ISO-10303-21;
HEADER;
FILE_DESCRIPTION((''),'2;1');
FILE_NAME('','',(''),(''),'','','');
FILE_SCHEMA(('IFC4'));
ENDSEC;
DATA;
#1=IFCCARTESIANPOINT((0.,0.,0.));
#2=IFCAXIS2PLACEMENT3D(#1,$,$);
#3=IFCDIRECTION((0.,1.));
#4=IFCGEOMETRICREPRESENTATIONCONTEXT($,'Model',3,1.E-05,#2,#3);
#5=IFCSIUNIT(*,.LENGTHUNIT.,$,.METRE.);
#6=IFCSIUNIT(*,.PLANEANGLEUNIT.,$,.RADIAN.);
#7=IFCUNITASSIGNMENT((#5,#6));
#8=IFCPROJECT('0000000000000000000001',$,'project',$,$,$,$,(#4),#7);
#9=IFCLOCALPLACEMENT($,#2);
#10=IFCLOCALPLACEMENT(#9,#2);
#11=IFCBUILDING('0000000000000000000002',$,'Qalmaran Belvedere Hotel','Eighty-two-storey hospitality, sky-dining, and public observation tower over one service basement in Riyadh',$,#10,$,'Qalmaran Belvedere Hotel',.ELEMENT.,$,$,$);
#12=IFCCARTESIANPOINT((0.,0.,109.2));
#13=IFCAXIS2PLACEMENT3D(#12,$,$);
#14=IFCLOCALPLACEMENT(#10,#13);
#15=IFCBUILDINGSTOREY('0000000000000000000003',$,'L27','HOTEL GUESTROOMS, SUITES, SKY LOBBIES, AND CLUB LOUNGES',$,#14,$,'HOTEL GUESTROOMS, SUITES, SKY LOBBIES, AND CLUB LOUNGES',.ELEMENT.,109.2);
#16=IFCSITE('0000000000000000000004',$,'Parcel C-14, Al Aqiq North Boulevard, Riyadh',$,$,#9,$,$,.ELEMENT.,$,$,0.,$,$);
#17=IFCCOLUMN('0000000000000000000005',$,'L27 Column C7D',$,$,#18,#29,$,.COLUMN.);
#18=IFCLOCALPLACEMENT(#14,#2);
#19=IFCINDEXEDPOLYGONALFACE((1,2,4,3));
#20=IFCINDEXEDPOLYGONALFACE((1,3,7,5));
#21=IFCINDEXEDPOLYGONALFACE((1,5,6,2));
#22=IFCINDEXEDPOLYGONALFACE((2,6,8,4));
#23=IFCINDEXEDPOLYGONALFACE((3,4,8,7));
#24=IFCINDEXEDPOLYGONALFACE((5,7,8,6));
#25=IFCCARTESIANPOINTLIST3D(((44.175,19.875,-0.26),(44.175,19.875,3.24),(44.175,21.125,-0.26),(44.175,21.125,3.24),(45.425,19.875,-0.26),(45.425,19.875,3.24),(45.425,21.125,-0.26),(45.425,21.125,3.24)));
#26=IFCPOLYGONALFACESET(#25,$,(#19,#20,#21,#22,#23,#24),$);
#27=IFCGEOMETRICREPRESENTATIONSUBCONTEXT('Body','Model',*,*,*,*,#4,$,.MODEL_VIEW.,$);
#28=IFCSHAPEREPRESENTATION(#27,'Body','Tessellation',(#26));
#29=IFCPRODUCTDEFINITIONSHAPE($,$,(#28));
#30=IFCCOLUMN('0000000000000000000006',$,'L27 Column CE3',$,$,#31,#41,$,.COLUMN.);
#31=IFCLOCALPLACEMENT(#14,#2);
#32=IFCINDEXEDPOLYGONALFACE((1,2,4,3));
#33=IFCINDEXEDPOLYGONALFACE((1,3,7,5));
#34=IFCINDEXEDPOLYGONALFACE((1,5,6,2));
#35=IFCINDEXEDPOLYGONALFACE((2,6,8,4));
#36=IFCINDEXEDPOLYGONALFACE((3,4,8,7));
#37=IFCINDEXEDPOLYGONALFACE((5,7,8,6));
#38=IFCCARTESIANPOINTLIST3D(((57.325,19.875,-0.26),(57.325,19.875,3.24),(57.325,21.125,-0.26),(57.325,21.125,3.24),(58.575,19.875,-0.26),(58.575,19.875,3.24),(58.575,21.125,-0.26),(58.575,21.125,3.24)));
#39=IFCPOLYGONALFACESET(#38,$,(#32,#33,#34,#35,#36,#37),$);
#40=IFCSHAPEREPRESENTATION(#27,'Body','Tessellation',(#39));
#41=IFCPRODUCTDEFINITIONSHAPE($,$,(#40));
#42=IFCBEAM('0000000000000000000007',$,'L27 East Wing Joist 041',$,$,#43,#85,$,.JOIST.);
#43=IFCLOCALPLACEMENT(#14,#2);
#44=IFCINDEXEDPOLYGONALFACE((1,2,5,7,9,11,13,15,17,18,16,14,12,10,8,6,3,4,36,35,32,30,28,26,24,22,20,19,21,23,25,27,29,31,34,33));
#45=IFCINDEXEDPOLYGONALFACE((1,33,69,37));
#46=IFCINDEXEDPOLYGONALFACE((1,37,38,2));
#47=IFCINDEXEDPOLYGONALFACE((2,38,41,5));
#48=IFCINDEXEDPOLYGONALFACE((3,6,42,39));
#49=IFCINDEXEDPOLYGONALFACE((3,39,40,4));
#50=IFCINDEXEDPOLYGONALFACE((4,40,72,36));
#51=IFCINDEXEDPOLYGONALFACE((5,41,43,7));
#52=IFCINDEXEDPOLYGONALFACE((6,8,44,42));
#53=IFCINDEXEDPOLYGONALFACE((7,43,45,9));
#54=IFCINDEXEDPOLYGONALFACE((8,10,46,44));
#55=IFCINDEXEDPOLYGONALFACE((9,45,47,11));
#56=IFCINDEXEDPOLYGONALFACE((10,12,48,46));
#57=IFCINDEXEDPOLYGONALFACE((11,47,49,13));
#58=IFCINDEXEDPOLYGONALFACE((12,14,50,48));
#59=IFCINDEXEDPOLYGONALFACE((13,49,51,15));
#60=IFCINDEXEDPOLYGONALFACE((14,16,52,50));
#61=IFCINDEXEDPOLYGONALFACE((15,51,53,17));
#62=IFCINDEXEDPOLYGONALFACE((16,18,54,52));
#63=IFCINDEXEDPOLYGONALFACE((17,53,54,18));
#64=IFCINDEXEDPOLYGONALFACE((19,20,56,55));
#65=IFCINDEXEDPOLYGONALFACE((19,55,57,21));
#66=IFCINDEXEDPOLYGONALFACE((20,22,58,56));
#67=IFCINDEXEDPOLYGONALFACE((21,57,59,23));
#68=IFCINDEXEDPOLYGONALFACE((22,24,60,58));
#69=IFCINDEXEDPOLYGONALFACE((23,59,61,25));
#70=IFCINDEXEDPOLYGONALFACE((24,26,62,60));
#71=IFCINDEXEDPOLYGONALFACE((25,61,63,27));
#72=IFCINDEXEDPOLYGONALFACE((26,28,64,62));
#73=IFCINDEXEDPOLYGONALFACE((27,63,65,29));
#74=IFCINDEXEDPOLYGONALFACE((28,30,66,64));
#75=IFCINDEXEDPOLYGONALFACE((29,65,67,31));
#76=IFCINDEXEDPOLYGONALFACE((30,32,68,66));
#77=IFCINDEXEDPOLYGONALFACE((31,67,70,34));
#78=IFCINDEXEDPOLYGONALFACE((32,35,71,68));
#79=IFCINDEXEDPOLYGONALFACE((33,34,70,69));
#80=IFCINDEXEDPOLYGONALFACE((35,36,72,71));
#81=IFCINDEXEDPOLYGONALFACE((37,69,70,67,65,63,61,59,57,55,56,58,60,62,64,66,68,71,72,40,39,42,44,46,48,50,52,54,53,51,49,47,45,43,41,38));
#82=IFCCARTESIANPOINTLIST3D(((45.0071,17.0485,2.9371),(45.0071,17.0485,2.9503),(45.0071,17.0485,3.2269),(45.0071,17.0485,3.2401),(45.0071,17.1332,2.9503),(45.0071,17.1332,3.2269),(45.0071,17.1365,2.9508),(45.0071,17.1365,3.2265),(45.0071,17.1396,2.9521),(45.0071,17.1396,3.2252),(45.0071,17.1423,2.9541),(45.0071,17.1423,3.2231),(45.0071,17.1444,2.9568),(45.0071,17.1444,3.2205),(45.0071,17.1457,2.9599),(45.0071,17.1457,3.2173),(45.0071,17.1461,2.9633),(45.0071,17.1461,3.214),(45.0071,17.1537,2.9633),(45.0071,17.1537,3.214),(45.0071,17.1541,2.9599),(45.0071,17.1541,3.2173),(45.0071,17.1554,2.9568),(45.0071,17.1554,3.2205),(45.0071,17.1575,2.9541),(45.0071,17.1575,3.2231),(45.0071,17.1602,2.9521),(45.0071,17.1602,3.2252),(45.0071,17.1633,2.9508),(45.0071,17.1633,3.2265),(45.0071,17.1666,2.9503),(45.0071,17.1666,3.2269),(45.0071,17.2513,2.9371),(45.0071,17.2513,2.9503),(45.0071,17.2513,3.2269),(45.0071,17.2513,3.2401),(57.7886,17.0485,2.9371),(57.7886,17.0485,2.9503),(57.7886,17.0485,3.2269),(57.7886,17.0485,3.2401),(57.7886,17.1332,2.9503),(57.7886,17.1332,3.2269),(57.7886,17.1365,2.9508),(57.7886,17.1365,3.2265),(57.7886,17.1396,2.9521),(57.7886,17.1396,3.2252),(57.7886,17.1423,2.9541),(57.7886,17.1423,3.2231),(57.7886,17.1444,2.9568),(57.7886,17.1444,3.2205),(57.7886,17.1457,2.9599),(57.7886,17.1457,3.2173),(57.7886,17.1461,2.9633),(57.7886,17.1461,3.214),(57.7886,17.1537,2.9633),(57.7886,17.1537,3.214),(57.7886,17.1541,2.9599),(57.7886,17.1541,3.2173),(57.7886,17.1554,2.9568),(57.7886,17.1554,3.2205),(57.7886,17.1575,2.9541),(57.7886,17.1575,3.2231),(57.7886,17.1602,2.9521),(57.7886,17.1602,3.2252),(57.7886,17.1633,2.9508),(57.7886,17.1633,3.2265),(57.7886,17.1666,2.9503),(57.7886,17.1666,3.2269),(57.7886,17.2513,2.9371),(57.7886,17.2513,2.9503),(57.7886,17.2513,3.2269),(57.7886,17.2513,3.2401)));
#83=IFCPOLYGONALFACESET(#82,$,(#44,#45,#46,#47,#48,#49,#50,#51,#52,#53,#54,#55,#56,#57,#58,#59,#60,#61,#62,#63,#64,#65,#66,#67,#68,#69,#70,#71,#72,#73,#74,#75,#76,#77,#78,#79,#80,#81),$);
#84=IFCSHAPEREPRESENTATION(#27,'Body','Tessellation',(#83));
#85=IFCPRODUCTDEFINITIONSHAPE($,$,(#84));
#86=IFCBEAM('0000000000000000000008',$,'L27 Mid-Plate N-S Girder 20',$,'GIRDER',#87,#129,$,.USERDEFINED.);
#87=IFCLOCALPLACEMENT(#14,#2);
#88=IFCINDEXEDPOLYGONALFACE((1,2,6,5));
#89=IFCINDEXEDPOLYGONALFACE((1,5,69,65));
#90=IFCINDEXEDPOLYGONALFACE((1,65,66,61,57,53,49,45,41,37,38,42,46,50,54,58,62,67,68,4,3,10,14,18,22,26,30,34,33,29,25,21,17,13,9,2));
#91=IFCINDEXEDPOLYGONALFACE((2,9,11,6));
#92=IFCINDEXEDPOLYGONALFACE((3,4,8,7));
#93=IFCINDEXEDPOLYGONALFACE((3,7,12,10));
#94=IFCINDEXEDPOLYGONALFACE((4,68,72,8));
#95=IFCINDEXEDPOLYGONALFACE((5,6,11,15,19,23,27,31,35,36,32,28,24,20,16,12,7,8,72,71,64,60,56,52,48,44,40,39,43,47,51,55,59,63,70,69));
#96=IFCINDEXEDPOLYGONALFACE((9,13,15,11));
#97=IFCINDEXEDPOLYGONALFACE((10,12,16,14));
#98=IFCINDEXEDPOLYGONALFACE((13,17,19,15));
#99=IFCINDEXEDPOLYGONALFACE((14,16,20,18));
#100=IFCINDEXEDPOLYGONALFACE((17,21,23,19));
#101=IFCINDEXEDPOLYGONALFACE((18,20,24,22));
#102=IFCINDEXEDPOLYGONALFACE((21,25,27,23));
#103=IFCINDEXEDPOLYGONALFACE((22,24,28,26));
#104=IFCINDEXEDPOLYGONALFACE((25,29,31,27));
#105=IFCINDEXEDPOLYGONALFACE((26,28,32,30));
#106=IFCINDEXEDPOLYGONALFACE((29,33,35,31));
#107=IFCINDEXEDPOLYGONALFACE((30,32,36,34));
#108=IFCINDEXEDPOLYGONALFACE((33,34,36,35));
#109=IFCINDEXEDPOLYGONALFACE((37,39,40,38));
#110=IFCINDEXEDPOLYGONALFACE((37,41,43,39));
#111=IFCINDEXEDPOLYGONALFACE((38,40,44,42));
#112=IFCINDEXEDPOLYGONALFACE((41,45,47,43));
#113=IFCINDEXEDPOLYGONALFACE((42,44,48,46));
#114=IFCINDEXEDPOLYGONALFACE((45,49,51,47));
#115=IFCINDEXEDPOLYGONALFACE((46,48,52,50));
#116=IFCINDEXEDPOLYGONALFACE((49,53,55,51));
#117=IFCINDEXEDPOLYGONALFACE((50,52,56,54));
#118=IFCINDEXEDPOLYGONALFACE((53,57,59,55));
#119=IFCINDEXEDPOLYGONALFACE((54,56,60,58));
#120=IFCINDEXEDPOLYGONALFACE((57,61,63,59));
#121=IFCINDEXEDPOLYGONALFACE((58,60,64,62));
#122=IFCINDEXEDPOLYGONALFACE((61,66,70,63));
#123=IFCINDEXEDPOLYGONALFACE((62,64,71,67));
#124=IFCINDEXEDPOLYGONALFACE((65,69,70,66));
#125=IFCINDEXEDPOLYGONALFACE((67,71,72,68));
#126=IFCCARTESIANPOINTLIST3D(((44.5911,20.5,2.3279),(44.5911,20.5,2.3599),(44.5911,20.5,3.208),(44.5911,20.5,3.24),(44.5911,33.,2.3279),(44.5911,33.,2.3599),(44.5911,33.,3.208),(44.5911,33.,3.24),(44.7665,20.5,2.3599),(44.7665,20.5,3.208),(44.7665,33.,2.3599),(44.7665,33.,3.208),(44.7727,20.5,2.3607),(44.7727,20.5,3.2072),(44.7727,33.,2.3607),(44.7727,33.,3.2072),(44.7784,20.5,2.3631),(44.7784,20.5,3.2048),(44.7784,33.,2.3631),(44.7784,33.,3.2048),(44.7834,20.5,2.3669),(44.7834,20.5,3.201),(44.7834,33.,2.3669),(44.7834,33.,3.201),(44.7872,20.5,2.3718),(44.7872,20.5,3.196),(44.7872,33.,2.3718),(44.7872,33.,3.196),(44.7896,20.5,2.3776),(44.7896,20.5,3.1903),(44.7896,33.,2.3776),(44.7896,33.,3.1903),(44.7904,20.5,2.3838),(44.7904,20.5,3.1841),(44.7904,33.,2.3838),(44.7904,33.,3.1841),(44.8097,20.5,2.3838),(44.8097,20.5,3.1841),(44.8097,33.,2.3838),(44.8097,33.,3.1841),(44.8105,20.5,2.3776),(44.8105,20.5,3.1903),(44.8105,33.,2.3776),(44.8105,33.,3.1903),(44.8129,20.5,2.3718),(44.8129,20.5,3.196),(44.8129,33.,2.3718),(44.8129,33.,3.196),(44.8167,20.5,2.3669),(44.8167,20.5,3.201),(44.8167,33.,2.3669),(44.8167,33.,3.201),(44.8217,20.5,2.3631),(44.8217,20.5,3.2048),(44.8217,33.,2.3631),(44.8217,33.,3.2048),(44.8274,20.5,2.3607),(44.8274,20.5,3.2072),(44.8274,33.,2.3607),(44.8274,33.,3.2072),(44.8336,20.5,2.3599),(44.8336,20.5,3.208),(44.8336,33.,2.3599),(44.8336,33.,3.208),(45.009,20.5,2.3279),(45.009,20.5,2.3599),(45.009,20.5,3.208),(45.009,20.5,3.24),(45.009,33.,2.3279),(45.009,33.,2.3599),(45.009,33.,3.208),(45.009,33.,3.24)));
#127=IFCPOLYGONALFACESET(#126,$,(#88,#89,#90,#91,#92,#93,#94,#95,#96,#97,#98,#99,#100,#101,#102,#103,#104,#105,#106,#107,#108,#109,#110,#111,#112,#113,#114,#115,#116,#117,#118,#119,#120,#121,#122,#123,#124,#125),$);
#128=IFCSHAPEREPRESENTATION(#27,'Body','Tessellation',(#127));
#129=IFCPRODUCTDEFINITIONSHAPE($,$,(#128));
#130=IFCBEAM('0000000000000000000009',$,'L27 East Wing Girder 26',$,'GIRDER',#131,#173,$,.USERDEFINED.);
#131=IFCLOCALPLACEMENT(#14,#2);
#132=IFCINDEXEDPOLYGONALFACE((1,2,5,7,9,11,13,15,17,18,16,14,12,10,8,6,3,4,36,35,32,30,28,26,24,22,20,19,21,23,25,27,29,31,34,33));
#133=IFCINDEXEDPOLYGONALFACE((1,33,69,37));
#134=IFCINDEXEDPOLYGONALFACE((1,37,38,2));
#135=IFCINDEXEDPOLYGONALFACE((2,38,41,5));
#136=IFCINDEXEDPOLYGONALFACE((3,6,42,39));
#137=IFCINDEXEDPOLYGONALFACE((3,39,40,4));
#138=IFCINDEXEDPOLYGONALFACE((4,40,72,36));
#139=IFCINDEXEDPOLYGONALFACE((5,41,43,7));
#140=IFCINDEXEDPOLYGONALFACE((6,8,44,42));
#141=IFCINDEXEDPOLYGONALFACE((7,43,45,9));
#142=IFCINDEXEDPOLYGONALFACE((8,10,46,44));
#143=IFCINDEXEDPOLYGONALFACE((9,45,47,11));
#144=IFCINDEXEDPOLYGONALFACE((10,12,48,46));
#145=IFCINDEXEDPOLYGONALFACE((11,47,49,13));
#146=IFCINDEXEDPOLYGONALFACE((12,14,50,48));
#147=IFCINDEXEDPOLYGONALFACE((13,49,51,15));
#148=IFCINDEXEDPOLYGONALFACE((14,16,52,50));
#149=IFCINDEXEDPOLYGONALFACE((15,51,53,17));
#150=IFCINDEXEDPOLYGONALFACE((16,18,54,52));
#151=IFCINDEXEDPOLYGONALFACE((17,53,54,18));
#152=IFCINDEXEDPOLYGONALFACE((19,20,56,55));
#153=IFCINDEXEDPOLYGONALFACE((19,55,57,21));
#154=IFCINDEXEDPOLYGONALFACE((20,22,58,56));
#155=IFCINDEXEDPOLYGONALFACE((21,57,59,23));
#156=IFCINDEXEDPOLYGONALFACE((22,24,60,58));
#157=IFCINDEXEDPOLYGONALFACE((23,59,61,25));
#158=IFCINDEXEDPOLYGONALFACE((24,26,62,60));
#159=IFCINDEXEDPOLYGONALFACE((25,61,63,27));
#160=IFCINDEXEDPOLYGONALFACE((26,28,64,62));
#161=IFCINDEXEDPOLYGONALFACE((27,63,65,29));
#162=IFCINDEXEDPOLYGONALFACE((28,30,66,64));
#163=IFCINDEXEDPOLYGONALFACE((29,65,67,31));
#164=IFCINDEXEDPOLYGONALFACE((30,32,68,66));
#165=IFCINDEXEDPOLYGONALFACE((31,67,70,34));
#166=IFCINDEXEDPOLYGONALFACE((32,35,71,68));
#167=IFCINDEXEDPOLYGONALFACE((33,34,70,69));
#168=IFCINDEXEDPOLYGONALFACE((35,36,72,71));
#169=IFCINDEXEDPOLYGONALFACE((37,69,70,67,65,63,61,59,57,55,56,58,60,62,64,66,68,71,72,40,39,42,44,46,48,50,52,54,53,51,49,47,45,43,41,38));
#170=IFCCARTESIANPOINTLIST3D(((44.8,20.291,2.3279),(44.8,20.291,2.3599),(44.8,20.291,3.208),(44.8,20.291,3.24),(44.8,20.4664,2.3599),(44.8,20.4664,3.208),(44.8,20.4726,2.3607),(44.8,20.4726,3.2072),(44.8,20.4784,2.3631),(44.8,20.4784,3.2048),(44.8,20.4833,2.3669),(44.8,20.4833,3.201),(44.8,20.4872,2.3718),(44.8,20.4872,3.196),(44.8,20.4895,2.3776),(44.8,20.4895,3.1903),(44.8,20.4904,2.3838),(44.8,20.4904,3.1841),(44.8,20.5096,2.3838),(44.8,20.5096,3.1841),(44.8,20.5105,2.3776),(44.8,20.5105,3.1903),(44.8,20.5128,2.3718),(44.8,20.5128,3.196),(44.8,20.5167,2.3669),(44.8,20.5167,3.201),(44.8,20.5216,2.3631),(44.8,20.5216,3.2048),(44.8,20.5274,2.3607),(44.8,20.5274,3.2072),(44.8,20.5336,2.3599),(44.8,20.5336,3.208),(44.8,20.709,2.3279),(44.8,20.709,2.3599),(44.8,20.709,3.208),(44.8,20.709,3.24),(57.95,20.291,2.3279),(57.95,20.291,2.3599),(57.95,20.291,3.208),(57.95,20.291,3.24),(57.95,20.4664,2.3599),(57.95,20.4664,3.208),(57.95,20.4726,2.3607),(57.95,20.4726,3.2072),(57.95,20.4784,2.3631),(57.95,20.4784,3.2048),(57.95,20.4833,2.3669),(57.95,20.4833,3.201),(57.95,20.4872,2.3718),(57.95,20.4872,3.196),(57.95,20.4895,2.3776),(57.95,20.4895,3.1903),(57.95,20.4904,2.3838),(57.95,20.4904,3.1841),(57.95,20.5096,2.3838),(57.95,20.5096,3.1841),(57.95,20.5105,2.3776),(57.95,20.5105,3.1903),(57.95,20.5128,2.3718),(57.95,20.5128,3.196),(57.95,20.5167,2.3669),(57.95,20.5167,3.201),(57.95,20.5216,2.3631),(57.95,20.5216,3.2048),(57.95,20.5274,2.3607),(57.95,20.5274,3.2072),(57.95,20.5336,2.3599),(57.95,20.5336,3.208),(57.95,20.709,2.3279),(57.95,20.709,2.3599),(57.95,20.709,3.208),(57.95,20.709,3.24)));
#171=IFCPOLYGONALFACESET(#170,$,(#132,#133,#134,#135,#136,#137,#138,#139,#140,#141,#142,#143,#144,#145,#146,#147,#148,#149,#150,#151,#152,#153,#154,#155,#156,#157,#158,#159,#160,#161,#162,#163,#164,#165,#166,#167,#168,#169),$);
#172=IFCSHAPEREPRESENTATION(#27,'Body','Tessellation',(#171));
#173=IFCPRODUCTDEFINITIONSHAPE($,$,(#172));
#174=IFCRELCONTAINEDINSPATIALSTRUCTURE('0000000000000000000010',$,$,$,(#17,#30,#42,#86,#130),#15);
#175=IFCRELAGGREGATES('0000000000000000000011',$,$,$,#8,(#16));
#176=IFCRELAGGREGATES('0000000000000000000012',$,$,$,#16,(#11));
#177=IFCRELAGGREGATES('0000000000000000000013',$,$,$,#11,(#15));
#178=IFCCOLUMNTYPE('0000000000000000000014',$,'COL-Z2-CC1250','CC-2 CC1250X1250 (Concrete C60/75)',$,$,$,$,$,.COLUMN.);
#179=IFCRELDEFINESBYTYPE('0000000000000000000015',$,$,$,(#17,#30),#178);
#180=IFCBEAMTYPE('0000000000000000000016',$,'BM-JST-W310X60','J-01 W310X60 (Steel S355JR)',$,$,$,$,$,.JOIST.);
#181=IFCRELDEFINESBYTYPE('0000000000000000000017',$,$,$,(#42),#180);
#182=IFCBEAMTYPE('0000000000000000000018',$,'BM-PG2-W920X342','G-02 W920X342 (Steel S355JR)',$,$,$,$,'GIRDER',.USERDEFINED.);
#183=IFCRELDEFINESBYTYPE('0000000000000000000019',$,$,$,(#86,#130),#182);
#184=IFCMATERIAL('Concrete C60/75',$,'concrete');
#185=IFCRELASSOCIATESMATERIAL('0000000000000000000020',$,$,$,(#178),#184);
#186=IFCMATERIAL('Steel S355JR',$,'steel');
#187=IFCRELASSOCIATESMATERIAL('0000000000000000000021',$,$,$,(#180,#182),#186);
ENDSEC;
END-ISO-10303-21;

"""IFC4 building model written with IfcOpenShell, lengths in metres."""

from ifc_helpers import new_model, si_unit, direction, frame, origin, origin_2d, place, context, subcontext, project, spatial, rectangle, i_section, extrude, material, material_profile, profile_set, type_object, element, save


model = new_model("IFC4")

# Units and contexts
model_context = context("Model", 3, precision=1e-05, world=origin(), true_north=direction((0.0, 1.0)))
body_context = subcontext(model_context, "Body", "Model", "MODEL_VIEW")
ifc_project = project(units=[si_unit("LENGTHUNIT", "METRE"), si_unit("PLANEANGLEUNIT", "RADIAN")], contexts=[model_context])

# Site, building, storey
site_placement = place(None, origin())
site = spatial("IfcSite", under=ifc_project, at=site_placement, Name="Parcel C-14, Al Aqiq North Boulevard, Riyadh", CompositionType="ELEMENT", RefElevation=0.0)
building_placement = place(site_placement, origin())
building = spatial("IfcBuilding", under=site, at=building_placement, Name="Qalmaran Belvedere Hotel", Description="Eighty-two-storey hospitality, sky-dining, and public observation tower over one service basement in Riyadh", LongName="Qalmaran Belvedere Hotel", CompositionType="ELEMENT")
storey_placement = place(building_placement, frame((0.0, 0.0, 109.2)))
storey = spatial("IfcBuildingStorey", under=building, at=storey_placement, Name="L27", Description="HOTEL GUESTROOMS, SUITES, SKY LOBBIES, AND CLUB LOUNGES", LongName="HOTEL GUESTROOMS, SUITES, SKY LOBBIES, AND CLUB LOUNGES", CompositionType="ELEMENT", Elevation=109.2)

# Columns
ifc_material_1 = material(Name="Concrete C60/75", Category="concrete")
ifc_material_profile_1 = material_profile(ifc_material_1, rectangle(XDim=1.25, YDim=1.25, at=origin_2d()), Name="CC1250X1250")
ifc_profile_set_1 = profile_set([ifc_material_profile_1], Name="Concrete C60/75")
column_type = type_object("IfcColumnType", Name="COL-Z2-CC1250", Description="CC-2 CC1250X1250 (Concrete C60/75)", PredefinedType="COLUMN", material=ifc_profile_set_1)
for number, where, z_axis, x_axis, name in (
    (1, (44.8, 20.5, -0.26), (0.0, 0.0, 1.0), (1.0, 0.0, 0.0), "L27 Column C7D"),
    (2, (57.95, 20.5, -0.26), (0.0, 0.0, 1.0), (1.0, 0.0, 0.0), "L27 Column CE3"),
):
    element("IfcColumn", number, at=place(storey_placement, frame(where, z_axis=z_axis, x_axis=x_axis)), inside=storey, type_object=column_type, Name=name, PredefinedType="COLUMN", context=body_context, shape_type="SweptSolid", body=[
        extrude(rectangle(XDim=1.25, YDim=1.25, at=origin_2d()), origin(), (0.0, 0.0, 1.0), 3.5),
    ])

# Beams
ifc_material_2 = material(Name="Steel S355JR", Category="steel")
ifc_material_profile_2 = material_profile(ifc_material_2, i_section(OverallWidth=0.2029, OverallDepth=0.303, WebThickness=0.0076, FlangeThickness=0.0132, FilletRadius=0.0129, at=origin_2d()), Name="W310X60")
ifc_profile_set_2 = profile_set([ifc_material_profile_2], Name="Steel S355JR")
beam_type_1 = type_object("IfcBeamType", Name="BM-JST-W310X60", Description="J-01 W310X60 (Steel S355JR)", PredefinedType="JOIST", material=ifc_profile_set_2)
beam_1_placement = place(storey_placement, frame((45.0071, 17.1499, 3.0886), z_axis=(1.0, 0.0, 0.0), x_axis=(0.0, 1.0, 0.0)))
element("IfcBeam", 3, at=beam_1_placement, inside=storey, type_object=beam_type_1, Name="L27 East Wing Joist 041", PredefinedType="JOIST", context=body_context, shape_type="SweptSolid", body=[
    extrude(i_section(OverallWidth=0.2029, OverallDepth=0.303, WebThickness=0.0076, FlangeThickness=0.0132, FilletRadius=0.0129, at=origin_2d()), origin(), (0.0, 0.0, 1.0), 12.7815),
])
ifc_material_profile_3 = material_profile(ifc_material_2, i_section(OverallWidth=0.418, OverallDepth=0.9121, WebThickness=0.0193, FlangeThickness=0.032, FilletRadius=0.0239, at=origin_2d()), Name="W920X342")
ifc_profile_set_3 = profile_set([ifc_material_profile_3], Name="Steel S355JR")
beam_type_2 = type_object("IfcBeamType", Name="BM-PG2-W920X342", Description="G-02 W920X342 (Steel S355JR)", ElementType="GIRDER", PredefinedType="USERDEFINED", material=ifc_profile_set_3)
beam_2_placement = place(storey_placement, frame((44.8, 20.5, 2.7839), z_axis=(0.0, 1.0, 0.0), x_axis=(-1.0, 0.0, 0.0)))
element("IfcBeam", 4, at=beam_2_placement, inside=storey, type_object=beam_type_2, Name="L27 Mid-Plate N-S Girder 20", ObjectType="GIRDER", PredefinedType="USERDEFINED", context=body_context, shape_type="SweptSolid", body=[
    extrude(i_section(OverallWidth=0.418, OverallDepth=0.9121, WebThickness=0.0193, FlangeThickness=0.032, FilletRadius=0.0239, at=origin_2d()), origin(), (0.0, 0.0, 1.0), 12.5),
])
beam_3_placement = place(storey_placement, frame((44.8, 20.5, 2.7839), z_axis=(1.0, 0.0, 0.0), x_axis=(0.0, 1.0, 0.0)))
element("IfcBeam", 5, at=beam_3_placement, inside=storey, type_object=beam_type_2, Name="L27 East Wing Girder 26", ObjectType="GIRDER", PredefinedType="USERDEFINED", context=body_context, shape_type="SweptSolid", body=[
    extrude(i_section(OverallWidth=0.418, OverallDepth=0.9121, WebThickness=0.0193, FlangeThickness=0.032, FilletRadius=0.0239, at=origin_2d()), origin(), (0.0, 0.0, 1.0), 13.1499),
])

save(model, "model.ifc")
